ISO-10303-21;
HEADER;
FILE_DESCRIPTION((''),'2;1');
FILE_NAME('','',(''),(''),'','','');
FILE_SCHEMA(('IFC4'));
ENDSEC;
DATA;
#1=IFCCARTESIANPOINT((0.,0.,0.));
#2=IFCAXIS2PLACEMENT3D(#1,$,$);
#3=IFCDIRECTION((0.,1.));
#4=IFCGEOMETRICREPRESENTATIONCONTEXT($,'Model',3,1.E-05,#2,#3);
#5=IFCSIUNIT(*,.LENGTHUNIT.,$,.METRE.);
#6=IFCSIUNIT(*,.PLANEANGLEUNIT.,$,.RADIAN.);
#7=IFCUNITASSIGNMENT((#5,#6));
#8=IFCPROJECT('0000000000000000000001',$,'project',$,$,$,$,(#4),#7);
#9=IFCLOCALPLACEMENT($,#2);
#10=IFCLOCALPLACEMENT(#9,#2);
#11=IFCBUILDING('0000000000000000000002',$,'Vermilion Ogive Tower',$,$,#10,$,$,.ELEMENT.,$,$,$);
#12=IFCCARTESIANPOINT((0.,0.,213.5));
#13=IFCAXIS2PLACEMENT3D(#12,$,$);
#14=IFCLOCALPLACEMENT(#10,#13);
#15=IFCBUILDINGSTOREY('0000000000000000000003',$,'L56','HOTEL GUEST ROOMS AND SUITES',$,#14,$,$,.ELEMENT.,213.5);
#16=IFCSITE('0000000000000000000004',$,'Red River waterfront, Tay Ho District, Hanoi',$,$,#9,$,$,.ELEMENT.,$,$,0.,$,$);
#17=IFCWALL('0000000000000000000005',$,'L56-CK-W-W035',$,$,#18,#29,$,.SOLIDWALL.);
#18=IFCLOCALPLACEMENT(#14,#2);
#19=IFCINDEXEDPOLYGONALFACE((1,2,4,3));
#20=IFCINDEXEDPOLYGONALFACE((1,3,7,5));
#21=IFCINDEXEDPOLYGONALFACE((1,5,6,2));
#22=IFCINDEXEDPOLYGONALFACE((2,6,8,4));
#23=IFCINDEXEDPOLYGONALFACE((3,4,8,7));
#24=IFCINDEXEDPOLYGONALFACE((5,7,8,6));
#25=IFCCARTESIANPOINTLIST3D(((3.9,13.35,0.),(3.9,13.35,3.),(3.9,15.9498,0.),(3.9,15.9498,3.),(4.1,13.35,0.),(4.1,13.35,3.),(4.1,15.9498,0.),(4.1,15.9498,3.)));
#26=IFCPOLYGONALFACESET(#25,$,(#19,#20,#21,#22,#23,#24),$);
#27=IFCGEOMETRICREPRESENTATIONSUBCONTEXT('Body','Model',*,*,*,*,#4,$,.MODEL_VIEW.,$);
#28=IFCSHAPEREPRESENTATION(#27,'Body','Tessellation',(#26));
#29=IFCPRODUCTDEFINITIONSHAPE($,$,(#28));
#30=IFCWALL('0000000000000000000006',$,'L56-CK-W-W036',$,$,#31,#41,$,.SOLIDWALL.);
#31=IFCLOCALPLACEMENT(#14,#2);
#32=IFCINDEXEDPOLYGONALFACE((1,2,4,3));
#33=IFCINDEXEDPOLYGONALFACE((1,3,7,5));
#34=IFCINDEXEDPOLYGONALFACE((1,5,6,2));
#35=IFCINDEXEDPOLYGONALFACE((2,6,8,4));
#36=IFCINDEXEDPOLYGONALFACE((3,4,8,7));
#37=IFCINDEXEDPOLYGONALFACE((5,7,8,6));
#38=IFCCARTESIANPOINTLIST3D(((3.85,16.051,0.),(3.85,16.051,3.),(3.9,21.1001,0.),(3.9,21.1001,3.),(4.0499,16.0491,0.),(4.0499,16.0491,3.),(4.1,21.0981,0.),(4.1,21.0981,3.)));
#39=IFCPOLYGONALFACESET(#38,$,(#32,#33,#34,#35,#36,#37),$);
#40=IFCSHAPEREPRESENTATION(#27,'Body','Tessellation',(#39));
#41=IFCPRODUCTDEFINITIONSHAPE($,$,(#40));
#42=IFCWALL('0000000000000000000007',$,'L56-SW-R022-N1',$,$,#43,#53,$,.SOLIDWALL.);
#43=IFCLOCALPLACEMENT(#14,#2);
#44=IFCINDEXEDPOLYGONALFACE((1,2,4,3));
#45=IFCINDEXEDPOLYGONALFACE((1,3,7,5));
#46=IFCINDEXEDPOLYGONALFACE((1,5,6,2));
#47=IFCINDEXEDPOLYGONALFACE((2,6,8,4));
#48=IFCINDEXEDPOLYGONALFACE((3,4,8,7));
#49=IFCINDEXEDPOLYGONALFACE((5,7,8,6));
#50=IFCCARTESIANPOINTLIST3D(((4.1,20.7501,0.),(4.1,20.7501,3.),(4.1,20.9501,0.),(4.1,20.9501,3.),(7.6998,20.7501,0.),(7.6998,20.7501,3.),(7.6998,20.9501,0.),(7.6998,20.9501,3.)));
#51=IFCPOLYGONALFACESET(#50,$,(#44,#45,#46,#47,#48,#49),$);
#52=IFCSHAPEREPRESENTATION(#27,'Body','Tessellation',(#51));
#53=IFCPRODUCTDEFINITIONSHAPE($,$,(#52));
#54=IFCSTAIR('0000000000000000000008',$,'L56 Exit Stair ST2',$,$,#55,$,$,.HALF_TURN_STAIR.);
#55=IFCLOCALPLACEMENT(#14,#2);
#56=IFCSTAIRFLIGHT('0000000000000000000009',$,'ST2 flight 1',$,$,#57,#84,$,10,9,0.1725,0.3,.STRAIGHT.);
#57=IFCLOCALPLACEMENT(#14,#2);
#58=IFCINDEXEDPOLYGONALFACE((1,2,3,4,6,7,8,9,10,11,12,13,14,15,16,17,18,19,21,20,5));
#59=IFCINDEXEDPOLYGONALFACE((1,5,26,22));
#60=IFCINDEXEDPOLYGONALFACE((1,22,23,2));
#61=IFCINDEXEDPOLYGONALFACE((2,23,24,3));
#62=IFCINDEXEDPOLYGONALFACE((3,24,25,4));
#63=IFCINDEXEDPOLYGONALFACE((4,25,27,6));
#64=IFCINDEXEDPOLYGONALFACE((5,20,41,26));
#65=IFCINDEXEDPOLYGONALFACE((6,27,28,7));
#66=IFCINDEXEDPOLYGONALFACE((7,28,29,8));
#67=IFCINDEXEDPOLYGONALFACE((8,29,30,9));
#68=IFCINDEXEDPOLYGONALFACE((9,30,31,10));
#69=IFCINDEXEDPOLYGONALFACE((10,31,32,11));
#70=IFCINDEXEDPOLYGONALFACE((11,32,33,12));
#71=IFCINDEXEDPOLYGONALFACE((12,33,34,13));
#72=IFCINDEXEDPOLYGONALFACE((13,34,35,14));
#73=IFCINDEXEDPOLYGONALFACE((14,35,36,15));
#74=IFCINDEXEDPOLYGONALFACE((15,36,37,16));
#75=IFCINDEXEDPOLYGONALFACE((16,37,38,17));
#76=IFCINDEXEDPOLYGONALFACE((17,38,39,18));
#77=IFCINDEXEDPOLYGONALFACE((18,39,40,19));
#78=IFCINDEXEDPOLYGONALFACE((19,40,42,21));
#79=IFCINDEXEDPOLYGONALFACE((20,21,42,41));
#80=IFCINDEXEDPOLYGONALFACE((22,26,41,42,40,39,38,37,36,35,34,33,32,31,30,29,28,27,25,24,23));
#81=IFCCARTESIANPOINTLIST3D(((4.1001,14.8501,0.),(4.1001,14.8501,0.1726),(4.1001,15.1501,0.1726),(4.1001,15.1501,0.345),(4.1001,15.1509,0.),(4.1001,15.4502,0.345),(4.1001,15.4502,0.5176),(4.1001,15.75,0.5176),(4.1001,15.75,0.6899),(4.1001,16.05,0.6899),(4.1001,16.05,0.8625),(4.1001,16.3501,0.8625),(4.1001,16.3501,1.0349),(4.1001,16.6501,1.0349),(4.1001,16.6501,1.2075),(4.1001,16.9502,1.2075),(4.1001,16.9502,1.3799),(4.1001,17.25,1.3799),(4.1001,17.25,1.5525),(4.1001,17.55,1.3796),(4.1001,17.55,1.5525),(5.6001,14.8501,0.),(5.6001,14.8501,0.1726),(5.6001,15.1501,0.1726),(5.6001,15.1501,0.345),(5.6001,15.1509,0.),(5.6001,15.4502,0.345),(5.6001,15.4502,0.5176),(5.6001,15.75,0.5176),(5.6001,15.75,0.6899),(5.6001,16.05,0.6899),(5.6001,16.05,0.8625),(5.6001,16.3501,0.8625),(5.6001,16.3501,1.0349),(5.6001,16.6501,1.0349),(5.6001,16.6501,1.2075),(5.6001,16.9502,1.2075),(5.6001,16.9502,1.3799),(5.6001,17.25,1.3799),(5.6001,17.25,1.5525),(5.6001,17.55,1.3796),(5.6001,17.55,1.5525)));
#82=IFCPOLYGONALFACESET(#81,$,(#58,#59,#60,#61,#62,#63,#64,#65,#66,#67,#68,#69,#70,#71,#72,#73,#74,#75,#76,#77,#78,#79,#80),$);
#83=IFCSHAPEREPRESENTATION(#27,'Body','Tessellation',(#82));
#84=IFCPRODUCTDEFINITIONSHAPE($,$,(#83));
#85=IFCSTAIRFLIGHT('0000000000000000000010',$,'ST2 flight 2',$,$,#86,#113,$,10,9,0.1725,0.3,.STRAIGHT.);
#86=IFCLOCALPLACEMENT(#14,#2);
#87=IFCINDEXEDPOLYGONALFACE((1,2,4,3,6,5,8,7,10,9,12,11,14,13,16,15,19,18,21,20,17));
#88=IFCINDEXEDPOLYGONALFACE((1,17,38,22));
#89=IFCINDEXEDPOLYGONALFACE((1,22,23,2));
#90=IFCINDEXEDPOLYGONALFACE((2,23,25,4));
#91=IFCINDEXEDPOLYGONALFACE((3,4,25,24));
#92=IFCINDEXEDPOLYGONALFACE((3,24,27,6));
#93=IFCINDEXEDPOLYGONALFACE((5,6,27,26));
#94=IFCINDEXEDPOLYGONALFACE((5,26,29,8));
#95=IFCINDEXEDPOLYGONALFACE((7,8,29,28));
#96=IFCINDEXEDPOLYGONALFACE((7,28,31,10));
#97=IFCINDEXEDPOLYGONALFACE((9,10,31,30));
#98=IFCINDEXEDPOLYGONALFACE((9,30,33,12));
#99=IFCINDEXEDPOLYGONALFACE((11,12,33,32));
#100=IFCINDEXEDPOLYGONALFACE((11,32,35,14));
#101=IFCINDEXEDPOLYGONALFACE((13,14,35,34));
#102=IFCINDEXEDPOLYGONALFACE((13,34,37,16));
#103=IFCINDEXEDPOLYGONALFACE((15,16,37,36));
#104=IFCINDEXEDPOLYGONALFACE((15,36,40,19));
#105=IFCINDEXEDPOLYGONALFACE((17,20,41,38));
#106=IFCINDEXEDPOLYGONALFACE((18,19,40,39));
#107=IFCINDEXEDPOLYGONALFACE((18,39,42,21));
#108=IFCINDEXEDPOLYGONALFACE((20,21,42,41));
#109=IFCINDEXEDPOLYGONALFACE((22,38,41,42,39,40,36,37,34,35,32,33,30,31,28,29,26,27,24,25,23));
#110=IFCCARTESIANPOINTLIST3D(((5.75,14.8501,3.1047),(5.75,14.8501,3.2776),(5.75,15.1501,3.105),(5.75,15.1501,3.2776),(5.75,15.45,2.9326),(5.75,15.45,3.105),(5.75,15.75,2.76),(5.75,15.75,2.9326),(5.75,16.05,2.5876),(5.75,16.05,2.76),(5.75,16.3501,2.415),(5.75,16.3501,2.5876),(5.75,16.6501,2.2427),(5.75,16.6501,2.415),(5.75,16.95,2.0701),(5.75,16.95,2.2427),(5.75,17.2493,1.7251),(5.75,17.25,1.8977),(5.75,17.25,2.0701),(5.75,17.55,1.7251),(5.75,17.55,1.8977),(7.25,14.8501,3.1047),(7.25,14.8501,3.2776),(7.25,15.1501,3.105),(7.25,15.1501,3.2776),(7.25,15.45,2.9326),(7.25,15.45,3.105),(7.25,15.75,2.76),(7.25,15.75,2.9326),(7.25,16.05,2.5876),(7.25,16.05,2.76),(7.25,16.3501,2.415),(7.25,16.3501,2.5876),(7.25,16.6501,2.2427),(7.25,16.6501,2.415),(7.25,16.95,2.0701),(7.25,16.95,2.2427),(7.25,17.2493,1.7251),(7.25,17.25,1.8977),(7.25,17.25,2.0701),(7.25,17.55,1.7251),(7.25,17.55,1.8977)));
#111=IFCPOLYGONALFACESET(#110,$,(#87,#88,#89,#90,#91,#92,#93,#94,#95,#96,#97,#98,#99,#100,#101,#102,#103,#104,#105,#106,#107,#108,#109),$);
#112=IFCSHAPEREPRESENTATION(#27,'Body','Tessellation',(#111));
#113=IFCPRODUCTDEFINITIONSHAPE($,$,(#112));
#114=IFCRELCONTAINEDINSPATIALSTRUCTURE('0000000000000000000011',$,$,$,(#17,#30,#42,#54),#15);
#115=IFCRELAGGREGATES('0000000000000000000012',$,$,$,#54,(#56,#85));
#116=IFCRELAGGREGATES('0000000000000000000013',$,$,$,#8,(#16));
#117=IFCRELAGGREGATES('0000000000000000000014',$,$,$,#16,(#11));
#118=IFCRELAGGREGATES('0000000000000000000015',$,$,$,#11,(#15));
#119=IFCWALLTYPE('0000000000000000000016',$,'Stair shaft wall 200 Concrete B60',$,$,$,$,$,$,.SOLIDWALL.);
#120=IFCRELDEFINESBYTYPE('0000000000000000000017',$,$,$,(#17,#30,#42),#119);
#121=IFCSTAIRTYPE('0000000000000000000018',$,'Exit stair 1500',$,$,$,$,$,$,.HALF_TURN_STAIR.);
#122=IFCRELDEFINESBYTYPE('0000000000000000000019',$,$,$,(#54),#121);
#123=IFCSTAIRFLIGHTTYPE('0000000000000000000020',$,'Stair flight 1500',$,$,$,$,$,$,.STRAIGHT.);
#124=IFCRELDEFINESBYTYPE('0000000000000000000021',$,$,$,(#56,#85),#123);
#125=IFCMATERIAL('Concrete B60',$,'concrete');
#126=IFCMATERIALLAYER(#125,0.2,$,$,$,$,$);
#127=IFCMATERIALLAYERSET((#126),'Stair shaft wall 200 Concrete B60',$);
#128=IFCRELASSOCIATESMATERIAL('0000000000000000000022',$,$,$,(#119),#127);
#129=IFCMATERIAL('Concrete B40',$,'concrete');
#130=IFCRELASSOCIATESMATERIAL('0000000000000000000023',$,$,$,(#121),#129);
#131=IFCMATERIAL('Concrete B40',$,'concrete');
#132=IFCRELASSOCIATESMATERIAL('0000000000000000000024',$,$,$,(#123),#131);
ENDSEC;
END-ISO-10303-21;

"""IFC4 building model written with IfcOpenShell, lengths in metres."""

from ifc_helpers import new_model, si_unit, direction, frame, frame_2d, origin, place, context, subcontext, project, spatial, polyline, rectangle, outline, extrude, material, layer, layer_set, type_object, element, aggregate, save


model = new_model("IFC4")

# Units and contexts
model_context = context("Model", 3, precision=1e-05, world=origin(), true_north=direction((0.0, 1.0)))
body_context = subcontext(model_context, "Body", "Model", "MODEL_VIEW")
ifc_project = project(units=[si_unit("LENGTHUNIT", "METRE"), si_unit("PLANEANGLEUNIT", "RADIAN")], contexts=[model_context])

# Site, building, storey
site_placement = place(None, origin())
site = spatial("IfcSite", under=ifc_project, at=site_placement, Name="Red River waterfront, Tay Ho District, Hanoi", CompositionType="ELEMENT", RefElevation=0.0)
building_placement = place(site_placement, origin())
building = spatial("IfcBuilding", under=site, at=building_placement, Name="Vermilion Ogive Tower", CompositionType="ELEMENT")
storey_placement = place(building_placement, frame((0.0, 0.0, 213.5)))
storey = spatial("IfcBuildingStorey", under=building, at=storey_placement, Name="L56", Description="HOTEL GUEST ROOMS AND SUITES", CompositionType="ELEMENT", Elevation=213.5)

# Shared definitions
ifc_material_1 = material(Name="Concrete B60", Category="concrete")
ifc_layer_1 = layer(ifc_material_1, 0.2)
ifc_layer_set_1 = layer_set([ifc_layer_1], Name="Stair shaft wall 200 Concrete B60")
wall_type_1 = type_object("IfcWallType", Name="Stair shaft wall 200 Concrete B60", PredefinedType="SOLIDWALL", material=ifc_layer_set_1)

# Walls
wall_1_placement = place(storey_placement, frame((4.0, 13.3501, 0.0), z_axis=(0.0, 0.0, 1.0), x_axis=(0.0, 1.0, 0.0)))
element("IfcWall", 1, at=wall_1_placement, inside=storey, type_object=wall_type_1, Name="L56-CK-W-W035", PredefinedType="SOLIDWALL", context=body_context, shape_type="SweptSolid", body=[
    extrude(rectangle(XDim=2.5999, YDim=0.2, at=frame_2d((1.2998, 0.0))), origin(), (0.0, 0.0, 1.0), 3.0),
])
wall_2_placement = place(storey_placement, frame((3.95, 16.05, 0.0), z_axis=(0.0, 0.0, 1.0), x_axis=(0.009912, 0.999951, 0.0)))
element("IfcWall", 2, at=wall_2_placement, inside=storey, type_object=wall_type_1, Name="L56-CK-W-W036", PredefinedType="SOLIDWALL", context=body_context, shape_type="SweptSolid", body=[
    extrude(rectangle(XDim=5.0493, YDim=0.2, at=frame_2d((2.5247, 0.0))), origin(), (0.0, 0.0, 1.0), 3.0),
])
wall_3_placement = place(storey_placement, frame((4.1001, 20.8501, 0.0), z_axis=(0.0, 0.0, 1.0), x_axis=(1.0, 0.0, 0.0)))
element("IfcWall", 3, at=wall_3_placement, inside=storey, type_object=wall_type_1, Name="L56-SW-R022-N1", PredefinedType="SOLIDWALL", context=body_context, shape_type="SweptSolid", body=[
    extrude(rectangle(XDim=3.5999, YDim=0.2, at=frame_2d((1.7998, 0.0))), origin(), (0.0, 0.0, 1.0), 3.0),
])

# Stair, stair flights
ifc_material_2 = material(Name="Concrete B40", Category="concrete")
stair_type = type_object("IfcStairType", Name="Exit stair 1500", PredefinedType="HALF_TURN_STAIR", material=ifc_material_2)
stair_placement = place(storey_placement, origin())
stair = element("IfcStair", 4, at=stair_placement, inside=storey, type_object=stair_type, Name="L56 Exit Stair ST2", PredefinedType="HALF_TURN_STAIR")
ifc_material_3 = material(Name="Concrete B40", Category="concrete")
stair_flight_type = type_object("IfcStairFlightType", Name="Stair flight 1500", PredefinedType="STRAIGHT", material=ifc_material_3)
stair_flight_1_placement = place(storey_placement, frame((4.8501, 14.8501, 0.0), z_axis=(0.0, 0.0, 1.0), x_axis=(0.0, 1.0, 0.0)))
stair_flight_1 = element("IfcStairFlight", 5, at=stair_flight_1_placement, type_object=stair_flight_type, Name="ST2 flight 1", NumberOfRisers=10, NumberOfTreads=9, PredefinedType="STRAIGHT", RiserHeight=0.1725, TreadLength=0.3, context=body_context, shape_type="SweptSolid", body=[
    extrude(outline(polyline([(0.0, 0.0), (0.0, 0.1726), (0.3, 0.1726), (0.3, 0.345), (0.6001, 0.345), (0.6001, 0.5176), (0.8999, 0.5176), (0.8999, 0.6899), (1.2, 0.6899), (1.2, 0.8625), (1.5, 0.8625), (1.5, 1.0349), (1.8, 1.0349), (1.8, 1.2075), (2.1001, 1.2075), (2.1001, 1.3799), (2.3999, 1.3799), (2.3999, 1.5525), (2.7, 1.5525), (2.7, 1.7251), (2.7, 1.3796), (0.3008, 0.0), (0.0, 0.0)])), frame((0.0, 0.75, 0.0), z_axis=(0.0, -1.0, 0.0), x_axis=(1.0, 0.0, 0.0)), (0.0, 0.0, 1.0), 1.5),
])
stair_flight_2_placement = place(storey_placement, frame((6.5, 17.55, 1.7251), z_axis=(0.0, 0.0, 1.0), x_axis=(0.0, -1.0, 0.0)))
stair_flight_2 = element("IfcStairFlight", 6, at=stair_flight_2_placement, type_object=stair_flight_type, Name="ST2 flight 2", NumberOfRisers=10, NumberOfTreads=9, PredefinedType="STRAIGHT", RiserHeight=0.1725, TreadLength=0.3, context=body_context, shape_type="SweptSolid", body=[
    extrude(outline(polyline([(0.0, 0.0), (0.0, 0.1726), (0.3, 0.1726), (0.3, 0.345), (0.6001, 0.345), (0.6001, 0.5176), (0.8999, 0.5176), (0.8999, 0.6899), (1.2, 0.6899), (1.2, 0.8625), (1.5, 0.8625), (1.5, 1.0349), (1.8, 1.0349), (1.8, 1.2075), (2.1001, 1.2075), (2.1001, 1.3799), (2.3999, 1.3799), (2.3999, 1.5525), (2.7, 1.5525), (2.7, 1.7251), (2.7, 1.3796), (0.3008, 0.0), (0.0, 0.0)])), frame((0.0, 0.75, 0.0), z_axis=(0.0, -1.0, 0.0), x_axis=(1.0, 0.0, 0.0)), (0.0, 0.0, 1.0), 1.5),
])
aggregate(stair, [stair_flight_1, stair_flight_2])

save(model, "model.ifc")
